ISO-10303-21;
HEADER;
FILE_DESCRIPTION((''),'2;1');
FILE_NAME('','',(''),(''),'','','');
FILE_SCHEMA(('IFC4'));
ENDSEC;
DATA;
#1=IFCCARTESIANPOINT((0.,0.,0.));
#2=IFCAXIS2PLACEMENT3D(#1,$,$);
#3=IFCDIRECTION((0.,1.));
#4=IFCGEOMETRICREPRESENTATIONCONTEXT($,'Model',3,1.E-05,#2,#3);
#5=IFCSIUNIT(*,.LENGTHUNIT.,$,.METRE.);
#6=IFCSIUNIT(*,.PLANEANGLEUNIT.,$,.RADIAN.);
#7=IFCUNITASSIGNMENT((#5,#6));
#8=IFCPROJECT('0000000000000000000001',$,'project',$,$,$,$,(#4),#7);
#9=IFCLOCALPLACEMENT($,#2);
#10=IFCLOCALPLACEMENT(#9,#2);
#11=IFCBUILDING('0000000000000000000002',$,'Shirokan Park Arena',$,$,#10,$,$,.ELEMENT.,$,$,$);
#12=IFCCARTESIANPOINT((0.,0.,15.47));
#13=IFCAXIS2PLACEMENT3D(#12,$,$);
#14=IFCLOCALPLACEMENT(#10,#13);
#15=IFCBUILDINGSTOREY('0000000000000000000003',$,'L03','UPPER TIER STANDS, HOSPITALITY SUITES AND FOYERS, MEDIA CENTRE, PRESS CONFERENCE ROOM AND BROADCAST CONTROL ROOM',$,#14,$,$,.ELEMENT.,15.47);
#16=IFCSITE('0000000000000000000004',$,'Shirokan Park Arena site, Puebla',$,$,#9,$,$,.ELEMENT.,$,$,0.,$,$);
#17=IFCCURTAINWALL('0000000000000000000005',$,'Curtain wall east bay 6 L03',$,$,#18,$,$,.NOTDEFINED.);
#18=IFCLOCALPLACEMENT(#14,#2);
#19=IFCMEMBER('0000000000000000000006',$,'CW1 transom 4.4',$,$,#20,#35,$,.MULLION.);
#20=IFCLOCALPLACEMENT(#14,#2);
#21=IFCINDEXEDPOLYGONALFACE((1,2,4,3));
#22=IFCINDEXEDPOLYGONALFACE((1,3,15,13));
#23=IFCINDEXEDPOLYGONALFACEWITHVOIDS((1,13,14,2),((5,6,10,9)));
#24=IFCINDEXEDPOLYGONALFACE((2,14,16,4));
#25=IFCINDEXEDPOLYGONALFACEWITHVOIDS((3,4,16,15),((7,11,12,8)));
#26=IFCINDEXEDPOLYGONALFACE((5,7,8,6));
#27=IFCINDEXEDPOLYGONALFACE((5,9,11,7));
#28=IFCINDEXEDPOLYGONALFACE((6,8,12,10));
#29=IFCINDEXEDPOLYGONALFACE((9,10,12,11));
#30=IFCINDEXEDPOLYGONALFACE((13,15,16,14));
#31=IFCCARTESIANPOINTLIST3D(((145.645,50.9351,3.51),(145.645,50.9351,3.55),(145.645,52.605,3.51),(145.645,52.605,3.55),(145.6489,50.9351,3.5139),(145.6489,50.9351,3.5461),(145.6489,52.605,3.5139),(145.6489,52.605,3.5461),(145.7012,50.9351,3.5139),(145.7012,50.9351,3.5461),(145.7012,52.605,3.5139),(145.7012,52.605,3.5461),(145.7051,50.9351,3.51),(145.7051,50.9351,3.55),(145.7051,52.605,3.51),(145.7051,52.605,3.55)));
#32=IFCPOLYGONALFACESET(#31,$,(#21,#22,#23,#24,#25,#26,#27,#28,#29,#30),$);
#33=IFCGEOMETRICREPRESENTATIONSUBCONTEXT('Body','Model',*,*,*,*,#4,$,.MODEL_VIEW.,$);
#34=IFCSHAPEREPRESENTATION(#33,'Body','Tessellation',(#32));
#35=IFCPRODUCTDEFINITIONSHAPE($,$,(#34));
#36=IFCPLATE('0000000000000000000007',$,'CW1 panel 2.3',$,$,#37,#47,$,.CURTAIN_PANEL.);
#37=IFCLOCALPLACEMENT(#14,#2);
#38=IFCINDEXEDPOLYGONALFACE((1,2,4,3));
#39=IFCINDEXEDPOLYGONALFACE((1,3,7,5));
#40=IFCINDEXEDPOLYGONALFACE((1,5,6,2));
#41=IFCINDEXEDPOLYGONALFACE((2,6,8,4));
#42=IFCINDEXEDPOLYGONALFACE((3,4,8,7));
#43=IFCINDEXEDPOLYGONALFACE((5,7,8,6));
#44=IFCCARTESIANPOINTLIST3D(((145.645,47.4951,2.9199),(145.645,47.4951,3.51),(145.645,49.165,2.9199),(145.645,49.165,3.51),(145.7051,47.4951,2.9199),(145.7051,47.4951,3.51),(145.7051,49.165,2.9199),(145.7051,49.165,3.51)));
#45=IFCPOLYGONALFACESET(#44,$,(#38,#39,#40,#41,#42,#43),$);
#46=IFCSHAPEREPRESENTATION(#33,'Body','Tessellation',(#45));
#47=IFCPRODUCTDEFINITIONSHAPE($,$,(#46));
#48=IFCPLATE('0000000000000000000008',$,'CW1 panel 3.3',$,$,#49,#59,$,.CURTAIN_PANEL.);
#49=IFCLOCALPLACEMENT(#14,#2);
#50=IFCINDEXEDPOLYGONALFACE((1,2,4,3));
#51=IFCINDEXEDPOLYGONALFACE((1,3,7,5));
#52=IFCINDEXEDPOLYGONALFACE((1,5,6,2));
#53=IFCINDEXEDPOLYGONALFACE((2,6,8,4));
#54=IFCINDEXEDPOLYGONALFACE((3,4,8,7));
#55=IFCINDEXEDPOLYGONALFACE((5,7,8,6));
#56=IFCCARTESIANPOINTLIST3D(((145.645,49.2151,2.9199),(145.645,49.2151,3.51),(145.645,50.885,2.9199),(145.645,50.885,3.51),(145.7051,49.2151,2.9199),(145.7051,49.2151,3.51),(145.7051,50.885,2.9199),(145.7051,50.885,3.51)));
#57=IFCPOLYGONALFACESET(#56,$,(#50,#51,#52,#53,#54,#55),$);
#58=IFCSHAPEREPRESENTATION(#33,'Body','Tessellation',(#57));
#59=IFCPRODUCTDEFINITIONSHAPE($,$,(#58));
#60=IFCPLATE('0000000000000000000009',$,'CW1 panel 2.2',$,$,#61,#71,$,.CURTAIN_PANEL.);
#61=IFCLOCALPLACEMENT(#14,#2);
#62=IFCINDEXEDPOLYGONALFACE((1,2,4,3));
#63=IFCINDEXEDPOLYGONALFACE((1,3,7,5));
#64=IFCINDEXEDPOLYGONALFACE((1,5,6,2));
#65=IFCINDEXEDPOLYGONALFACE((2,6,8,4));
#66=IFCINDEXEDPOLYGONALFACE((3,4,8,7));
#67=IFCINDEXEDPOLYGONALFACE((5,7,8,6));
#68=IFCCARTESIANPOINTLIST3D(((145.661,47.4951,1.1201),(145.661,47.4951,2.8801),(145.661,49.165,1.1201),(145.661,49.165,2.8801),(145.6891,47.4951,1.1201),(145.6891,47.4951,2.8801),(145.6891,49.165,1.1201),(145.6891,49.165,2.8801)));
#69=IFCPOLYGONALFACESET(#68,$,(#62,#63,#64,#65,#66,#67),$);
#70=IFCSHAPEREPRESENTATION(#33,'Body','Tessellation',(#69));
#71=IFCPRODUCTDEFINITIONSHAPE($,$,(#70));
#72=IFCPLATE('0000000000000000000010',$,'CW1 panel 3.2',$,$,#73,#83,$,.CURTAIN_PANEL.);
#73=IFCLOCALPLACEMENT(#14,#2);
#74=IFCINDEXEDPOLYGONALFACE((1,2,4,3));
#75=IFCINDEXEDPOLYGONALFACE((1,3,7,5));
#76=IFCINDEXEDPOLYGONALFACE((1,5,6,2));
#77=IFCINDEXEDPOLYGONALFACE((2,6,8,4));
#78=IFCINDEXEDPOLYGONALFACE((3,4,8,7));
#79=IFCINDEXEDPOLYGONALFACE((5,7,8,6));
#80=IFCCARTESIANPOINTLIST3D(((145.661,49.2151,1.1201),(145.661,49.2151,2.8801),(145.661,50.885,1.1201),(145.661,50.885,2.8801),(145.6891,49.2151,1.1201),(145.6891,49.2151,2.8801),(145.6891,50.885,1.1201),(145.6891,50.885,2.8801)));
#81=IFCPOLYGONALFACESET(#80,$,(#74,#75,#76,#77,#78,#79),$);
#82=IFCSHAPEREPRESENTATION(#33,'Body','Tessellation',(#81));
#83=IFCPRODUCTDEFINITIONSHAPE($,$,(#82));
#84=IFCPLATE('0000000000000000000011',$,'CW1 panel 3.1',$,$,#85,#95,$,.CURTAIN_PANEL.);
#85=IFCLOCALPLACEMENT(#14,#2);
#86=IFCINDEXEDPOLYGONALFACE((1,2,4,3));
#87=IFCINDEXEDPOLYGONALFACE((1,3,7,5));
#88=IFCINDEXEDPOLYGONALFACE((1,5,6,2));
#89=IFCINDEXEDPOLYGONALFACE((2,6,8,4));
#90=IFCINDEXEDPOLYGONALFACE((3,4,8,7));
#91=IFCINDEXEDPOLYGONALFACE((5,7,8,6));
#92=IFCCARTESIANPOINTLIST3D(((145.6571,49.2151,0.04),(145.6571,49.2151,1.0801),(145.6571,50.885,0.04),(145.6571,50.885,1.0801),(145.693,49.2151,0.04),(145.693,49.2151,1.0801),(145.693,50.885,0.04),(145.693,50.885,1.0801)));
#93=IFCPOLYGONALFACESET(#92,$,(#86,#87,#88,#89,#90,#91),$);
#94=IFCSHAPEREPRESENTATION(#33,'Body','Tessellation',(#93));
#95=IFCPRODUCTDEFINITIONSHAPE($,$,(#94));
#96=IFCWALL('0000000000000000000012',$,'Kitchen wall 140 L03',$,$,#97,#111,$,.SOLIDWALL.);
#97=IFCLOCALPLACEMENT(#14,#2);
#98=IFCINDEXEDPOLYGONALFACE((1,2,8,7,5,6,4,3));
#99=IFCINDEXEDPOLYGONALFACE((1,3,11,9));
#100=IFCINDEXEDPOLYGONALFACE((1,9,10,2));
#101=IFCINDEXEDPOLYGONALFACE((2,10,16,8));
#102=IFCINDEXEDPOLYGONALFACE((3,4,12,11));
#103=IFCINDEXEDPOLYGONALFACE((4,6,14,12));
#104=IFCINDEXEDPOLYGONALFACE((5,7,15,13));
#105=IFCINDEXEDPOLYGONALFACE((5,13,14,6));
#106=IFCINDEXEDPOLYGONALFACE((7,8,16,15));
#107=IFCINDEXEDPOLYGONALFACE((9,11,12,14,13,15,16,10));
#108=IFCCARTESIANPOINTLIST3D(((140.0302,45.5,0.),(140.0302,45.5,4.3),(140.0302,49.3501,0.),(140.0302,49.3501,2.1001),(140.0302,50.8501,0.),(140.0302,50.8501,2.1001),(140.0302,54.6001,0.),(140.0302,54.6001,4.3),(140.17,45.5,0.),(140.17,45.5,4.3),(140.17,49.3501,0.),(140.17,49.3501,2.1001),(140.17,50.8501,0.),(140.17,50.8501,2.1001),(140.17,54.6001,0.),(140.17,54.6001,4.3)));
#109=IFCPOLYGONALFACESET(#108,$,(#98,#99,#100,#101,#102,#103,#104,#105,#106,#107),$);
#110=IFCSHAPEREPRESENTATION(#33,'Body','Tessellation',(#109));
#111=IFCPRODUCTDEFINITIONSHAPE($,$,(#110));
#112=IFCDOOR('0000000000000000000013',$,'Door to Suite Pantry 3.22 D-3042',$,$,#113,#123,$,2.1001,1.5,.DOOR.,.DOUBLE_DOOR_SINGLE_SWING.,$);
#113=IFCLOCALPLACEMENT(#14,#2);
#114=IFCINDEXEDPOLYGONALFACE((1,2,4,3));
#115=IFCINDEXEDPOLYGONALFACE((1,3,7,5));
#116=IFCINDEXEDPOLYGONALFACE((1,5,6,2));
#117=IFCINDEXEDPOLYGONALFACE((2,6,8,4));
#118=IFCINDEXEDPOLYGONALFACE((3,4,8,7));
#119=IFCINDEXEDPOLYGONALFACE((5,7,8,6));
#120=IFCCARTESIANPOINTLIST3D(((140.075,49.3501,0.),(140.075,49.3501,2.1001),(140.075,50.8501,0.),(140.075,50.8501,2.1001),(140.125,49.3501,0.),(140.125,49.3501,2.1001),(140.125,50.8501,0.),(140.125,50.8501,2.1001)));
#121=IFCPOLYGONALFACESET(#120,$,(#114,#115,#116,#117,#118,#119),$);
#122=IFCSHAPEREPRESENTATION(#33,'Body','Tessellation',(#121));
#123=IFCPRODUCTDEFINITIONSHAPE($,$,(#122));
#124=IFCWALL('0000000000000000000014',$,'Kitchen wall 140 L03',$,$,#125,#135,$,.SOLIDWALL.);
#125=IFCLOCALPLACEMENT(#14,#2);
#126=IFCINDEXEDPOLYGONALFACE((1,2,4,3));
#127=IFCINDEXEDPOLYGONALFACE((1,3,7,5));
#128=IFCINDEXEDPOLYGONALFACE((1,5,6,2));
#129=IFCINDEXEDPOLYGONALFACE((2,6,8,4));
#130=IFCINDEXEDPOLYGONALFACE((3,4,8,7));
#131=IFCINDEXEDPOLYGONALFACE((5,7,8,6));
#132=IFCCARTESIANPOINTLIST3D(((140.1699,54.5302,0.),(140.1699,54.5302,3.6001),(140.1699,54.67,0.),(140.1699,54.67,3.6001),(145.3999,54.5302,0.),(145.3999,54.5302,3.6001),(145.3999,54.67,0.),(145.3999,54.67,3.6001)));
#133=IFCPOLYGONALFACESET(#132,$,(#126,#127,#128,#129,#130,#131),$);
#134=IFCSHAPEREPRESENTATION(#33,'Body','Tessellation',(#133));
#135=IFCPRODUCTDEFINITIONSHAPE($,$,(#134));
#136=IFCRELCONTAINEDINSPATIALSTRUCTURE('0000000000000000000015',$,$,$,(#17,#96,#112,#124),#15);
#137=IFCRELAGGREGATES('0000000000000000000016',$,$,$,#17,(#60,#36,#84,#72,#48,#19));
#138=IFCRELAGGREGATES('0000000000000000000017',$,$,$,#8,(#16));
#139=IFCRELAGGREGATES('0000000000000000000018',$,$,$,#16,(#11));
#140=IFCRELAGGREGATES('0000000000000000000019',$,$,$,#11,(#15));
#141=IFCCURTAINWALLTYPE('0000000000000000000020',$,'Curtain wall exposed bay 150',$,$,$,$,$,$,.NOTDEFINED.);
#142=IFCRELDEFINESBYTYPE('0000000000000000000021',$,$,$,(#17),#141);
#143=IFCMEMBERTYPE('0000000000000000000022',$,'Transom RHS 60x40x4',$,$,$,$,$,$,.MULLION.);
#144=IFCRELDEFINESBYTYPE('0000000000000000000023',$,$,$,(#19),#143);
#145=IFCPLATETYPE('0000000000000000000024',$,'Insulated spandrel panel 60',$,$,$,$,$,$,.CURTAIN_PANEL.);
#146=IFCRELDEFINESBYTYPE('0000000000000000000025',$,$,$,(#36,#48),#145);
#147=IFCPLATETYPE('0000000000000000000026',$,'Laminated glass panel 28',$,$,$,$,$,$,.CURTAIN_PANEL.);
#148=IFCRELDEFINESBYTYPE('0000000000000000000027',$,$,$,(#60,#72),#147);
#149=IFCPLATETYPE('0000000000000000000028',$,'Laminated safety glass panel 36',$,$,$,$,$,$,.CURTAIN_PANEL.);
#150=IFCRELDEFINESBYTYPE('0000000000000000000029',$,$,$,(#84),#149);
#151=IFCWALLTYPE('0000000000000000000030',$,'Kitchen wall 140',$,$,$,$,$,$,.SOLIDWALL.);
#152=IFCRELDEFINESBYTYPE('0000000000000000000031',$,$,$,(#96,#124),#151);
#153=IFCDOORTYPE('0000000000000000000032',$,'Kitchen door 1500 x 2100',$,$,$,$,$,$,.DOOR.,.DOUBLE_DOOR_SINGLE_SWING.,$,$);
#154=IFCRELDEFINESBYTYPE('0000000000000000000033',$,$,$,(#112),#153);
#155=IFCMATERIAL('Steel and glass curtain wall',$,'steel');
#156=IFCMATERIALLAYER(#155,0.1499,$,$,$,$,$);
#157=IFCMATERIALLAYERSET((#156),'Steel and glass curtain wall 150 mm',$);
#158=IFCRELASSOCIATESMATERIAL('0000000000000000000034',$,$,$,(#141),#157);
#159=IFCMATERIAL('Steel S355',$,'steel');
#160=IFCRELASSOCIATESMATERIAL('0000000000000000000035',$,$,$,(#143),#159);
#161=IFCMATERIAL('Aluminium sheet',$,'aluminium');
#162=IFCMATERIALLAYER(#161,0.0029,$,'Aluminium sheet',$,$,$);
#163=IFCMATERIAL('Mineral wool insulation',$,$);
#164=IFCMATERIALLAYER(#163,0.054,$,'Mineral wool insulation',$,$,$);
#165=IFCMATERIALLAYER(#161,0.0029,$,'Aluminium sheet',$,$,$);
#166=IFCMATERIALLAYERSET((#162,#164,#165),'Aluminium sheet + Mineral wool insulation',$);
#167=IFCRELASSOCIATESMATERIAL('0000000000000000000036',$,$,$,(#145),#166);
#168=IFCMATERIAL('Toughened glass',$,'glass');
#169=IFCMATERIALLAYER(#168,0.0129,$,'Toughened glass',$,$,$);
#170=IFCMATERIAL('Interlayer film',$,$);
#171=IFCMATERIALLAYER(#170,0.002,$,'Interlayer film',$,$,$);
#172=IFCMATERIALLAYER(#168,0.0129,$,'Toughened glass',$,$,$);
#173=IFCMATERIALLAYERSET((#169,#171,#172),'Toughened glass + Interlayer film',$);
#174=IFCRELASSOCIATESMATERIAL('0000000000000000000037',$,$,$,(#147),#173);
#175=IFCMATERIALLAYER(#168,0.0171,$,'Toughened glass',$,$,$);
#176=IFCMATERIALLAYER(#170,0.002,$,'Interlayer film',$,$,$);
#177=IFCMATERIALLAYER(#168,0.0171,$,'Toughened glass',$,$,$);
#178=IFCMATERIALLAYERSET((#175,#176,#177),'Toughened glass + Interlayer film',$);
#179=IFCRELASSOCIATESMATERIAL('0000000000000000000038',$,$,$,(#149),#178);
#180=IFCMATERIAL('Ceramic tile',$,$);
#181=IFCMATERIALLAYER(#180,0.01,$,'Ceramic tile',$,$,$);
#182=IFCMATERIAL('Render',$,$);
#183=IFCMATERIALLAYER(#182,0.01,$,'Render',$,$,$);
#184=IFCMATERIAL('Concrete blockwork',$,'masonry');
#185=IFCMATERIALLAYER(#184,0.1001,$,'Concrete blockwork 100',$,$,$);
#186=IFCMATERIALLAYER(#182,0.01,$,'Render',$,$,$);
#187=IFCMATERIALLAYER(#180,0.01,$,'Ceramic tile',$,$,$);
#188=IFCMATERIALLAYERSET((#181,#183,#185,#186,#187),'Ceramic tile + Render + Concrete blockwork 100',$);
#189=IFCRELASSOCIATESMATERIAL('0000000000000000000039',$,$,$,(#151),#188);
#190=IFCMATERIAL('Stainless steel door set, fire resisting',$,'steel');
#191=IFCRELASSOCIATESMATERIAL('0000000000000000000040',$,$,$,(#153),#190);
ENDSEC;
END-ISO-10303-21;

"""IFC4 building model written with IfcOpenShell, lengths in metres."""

from ifc_helpers import new_model, si_unit, direction, frame, frame_2d, origin, origin_2d, place, context, subcontext, project, spatial, rectangle, hollow_rectangle, extrude, material, layer, layer_set, material_profile, profile_set, type_object, element, fill, aggregate, save


model = new_model("IFC4")

# Units and contexts
model_context = context("Model", 3, precision=1e-05, world=origin(), true_north=direction((0.0, 1.0)))
body_context = subcontext(model_context, "Body", "Model", "MODEL_VIEW")
ifc_project = project(units=[si_unit("LENGTHUNIT", "METRE"), si_unit("PLANEANGLEUNIT", "RADIAN")], contexts=[model_context])

# Site, building, storey
site_placement = place(None, origin())
site = spatial("IfcSite", under=ifc_project, at=site_placement, Name="Shirokan Park Arena site, Puebla", CompositionType="ELEMENT", RefElevation=0.0)
building_placement = place(site_placement, origin())
building = spatial("IfcBuilding", under=site, at=building_placement, Name="Shirokan Park Arena", CompositionType="ELEMENT")
storey_placement = place(building_placement, frame((0.0, 0.0, 15.47)))
storey = spatial("IfcBuildingStorey", under=building, at=storey_placement, Name="L03", Description="UPPER TIER STANDS, HOSPITALITY SUITES AND FOYERS, MEDIA CENTRE, PRESS CONFERENCE ROOM AND BROADCAST CONTROL ROOM", CompositionType="ELEMENT", Elevation=15.47)

# Curtain wall
ifc_material_1 = material(Name="Steel and glass curtain wall", Category="steel")
ifc_layer_1 = layer(ifc_material_1, 0.1499)
ifc_layer_set_1 = layer_set([ifc_layer_1], Name="Steel and glass curtain wall 150 mm")
curtain_wall_type = type_object("IfcCurtainWallType", Name="Curtain wall exposed bay 150", PredefinedType="NOTDEFINED", material=ifc_layer_set_1)
curtain_wall_placement = place(storey_placement, origin())
curtain_wall = element("IfcCurtainWall", 1, at=curtain_wall_placement, inside=storey, type_object=curtain_wall_type, Name="Curtain wall east bay 6 L03", PredefinedType="NOTDEFINED")
ifc_material_2 = material(Name="Steel S355", Category="steel")

# Member
ifc_material_profile_1 = material_profile(ifc_material_2, hollow_rectangle(XDim=0.0601, YDim=0.04, WallThickness=0.0039, at=origin_2d()), Name="RHS 60x40x4")
ifc_profile_set_1 = profile_set([ifc_material_profile_1], Name="Steel S355")
member_type_1 = type_object("IfcMemberType", Name="Transom RHS 60x40x4", PredefinedType="MULLION", material=ifc_profile_set_1)
member_1_placement = place(storey_placement, frame((145.675, 50.9351, 3.53), z_axis=(0.0, 1.0, 0.0), x_axis=(-1.0, 0.0, 0.0)))
member_1 = element("IfcMember", 2, at=member_1_placement, type_object=member_type_1, Name="CW1 transom 4.4", PredefinedType="MULLION", context=body_context, shape_type="SweptSolid", body=[
    extrude(hollow_rectangle(XDim=0.0601, YDim=0.04, WallThickness=0.0039, at=origin_2d()), origin(), (0.0, 0.0, 1.0), 1.6699),
])

# Plates
ifc_material_3 = material(Name="Aluminium sheet", Category="aluminium")
ifc_layer_2 = layer(ifc_material_3, 0.0029, Name="Aluminium sheet")
ifc_material_4 = material(Name="Mineral wool insulation")
ifc_layer_3 = layer(ifc_material_4, 0.054, Name="Mineral wool insulation")
ifc_layer_4 = layer(ifc_material_3, 0.0029, Name="Aluminium sheet")
ifc_layer_set_2 = layer_set([ifc_layer_2, ifc_layer_3, ifc_layer_4], Name="Aluminium sheet + Mineral wool insulation")
plate_type_1 = type_object("IfcPlateType", Name="Insulated spandrel panel 60", PredefinedType="CURTAIN_PANEL", material=ifc_layer_set_2)
plate_1_placement = place(storey_placement, frame((145.675, 48.3301, 2.9199), z_axis=(0.0, 0.0, 1.0), x_axis=(0.0, 1.0, 0.0)))
plate_1 = element("IfcPlate", 3, at=plate_1_placement, type_object=plate_type_1, Name="CW1 panel 2.3", PredefinedType="CURTAIN_PANEL", context=body_context, shape_type="SweptSolid", body=[
    extrude(rectangle(XDim=1.6699, YDim=0.0601, at=origin_2d()), origin(), (0.0, 0.0, 1.0), 0.5901),
])
plate_2_placement = place(storey_placement, frame((145.675, 50.05, 2.9199), z_axis=(0.0, 0.0, 1.0), x_axis=(0.0, 1.0, 0.0)))
plate_2 = element("IfcPlate", 4, at=plate_2_placement, type_object=plate_type_1, Name="CW1 panel 3.3", PredefinedType="CURTAIN_PANEL", context=body_context, shape_type="SweptSolid", body=[
    extrude(rectangle(XDim=1.6699, YDim=0.0601, at=origin_2d()), origin(), (0.0, 0.0, 1.0), 0.5901),
])
ifc_material_5 = material(Name="Toughened glass", Category="glass")
ifc_layer_5 = layer(ifc_material_5, 0.0129, Name="Toughened glass")
ifc_material_6 = material(Name="Interlayer film")
ifc_layer_6 = layer(ifc_material_6, 0.002, Name="Interlayer film")
ifc_layer_7 = layer(ifc_material_5, 0.0129, Name="Toughened glass")
ifc_layer_set_3 = layer_set([ifc_layer_5, ifc_layer_6, ifc_layer_7], Name="Toughened glass + Interlayer film")
plate_type_2 = type_object("IfcPlateType", Name="Laminated glass panel 28", PredefinedType="CURTAIN_PANEL", material=ifc_layer_set_3)
plate_3_placement = place(storey_placement, frame((145.675, 48.3301, 1.1201), z_axis=(0.0, 0.0, 1.0), x_axis=(0.0, 1.0, 0.0)))
plate_3 = element("IfcPlate", 5, at=plate_3_placement, type_object=plate_type_2, Name="CW1 panel 2.2", PredefinedType="CURTAIN_PANEL", context=body_context, shape_type="SweptSolid", body=[
    extrude(rectangle(XDim=1.6699, YDim=0.0281, at=origin_2d()), origin(), (0.0, 0.0, 1.0), 1.76),
])
plate_4_placement = place(storey_placement, frame((145.675, 50.05, 1.1201), z_axis=(0.0, 0.0, 1.0), x_axis=(0.0, 1.0, 0.0)))
plate_4 = element("IfcPlate", 6, at=plate_4_placement, type_object=plate_type_2, Name="CW1 panel 3.2", PredefinedType="CURTAIN_PANEL", context=body_context, shape_type="SweptSolid", body=[
    extrude(rectangle(XDim=1.6699, YDim=0.0281, at=origin_2d()), origin(), (0.0, 0.0, 1.0), 1.76),
])
ifc_layer_8 = layer(ifc_material_5, 0.0171, Name="Toughened glass")
ifc_layer_9 = layer(ifc_material_6, 0.002, Name="Interlayer film")
ifc_layer_10 = layer(ifc_material_5, 0.0171, Name="Toughened glass")
ifc_layer_set_4 = layer_set([ifc_layer_8, ifc_layer_9, ifc_layer_10], Name="Toughened glass + Interlayer film")
plate_type_3 = type_object("IfcPlateType", Name="Laminated safety glass panel 36", PredefinedType="CURTAIN_PANEL", material=ifc_layer_set_4)
plate_5_placement = place(storey_placement, frame((145.675, 50.05, 0.04), z_axis=(0.0, 0.0, 1.0), x_axis=(0.0, 1.0, 0.0)))
plate_5 = element("IfcPlate", 7, at=plate_5_placement, type_object=plate_type_3, Name="CW1 panel 3.1", PredefinedType="CURTAIN_PANEL", context=body_context, shape_type="SweptSolid", body=[
    extrude(rectangle(XDim=1.6699, YDim=0.0359, at=origin_2d()), origin(), (0.0, 0.0, 1.0), 1.04),
])
aggregate(curtain_wall, [plate_3, plate_1, plate_5, plate_4, plate_2, member_1])

# Wall, opening, door
ifc_material_7 = material(Name="Ceramic tile")
ifc_layer_11 = layer(ifc_material_7, 0.01, Name="Ceramic tile")
ifc_material_8 = material(Name="Render")
ifc_layer_12 = layer(ifc_material_8, 0.01, Name="Render")
ifc_material_9 = material(Name="Concrete blockwork", Category="masonry")
ifc_layer_13 = layer(ifc_material_9, 0.1001, Name="Concrete blockwork 100")
ifc_layer_14 = layer(ifc_material_8, 0.01, Name="Render")
ifc_layer_15 = layer(ifc_material_7, 0.01, Name="Ceramic tile")
ifc_layer_set_5 = layer_set([ifc_layer_11, ifc_layer_12, ifc_layer_13, ifc_layer_14, ifc_layer_15], Name="Ceramic tile + Render + Concrete blockwork 100")
wall_type_1 = type_object("IfcWallType", Name="Kitchen wall 140", PredefinedType="SOLIDWALL", material=ifc_layer_set_5)
wall_1_placement = place(storey_placement, frame((140.1001, 54.6001, 0.0), z_axis=(0.0, 0.0, 1.0), x_axis=(0.0, -1.0, 0.0)))
wall_1 = element("IfcWall", 8, at=wall_1_placement, inside=storey, type_object=wall_type_1, Name="Kitchen wall 140 L03", PredefinedType="SOLIDWALL", context=body_context, shape_type="SweptSolid", body=[
    extrude(rectangle(XDim=9.1001, YDim=0.1399, at=frame_2d((4.55, 0.0))), origin(), (0.0, 0.0, 1.0), 4.3),
])
opening_1_placement = place(wall_1_placement, frame((3.75, 0.0, 0.0)))
opening_1 = element("IfcOpeningElement", 9, at=opening_1_placement, cuts=wall_1, PredefinedType="OPENING", context=body_context, shape_type="SweptSolid", body=[
    extrude(rectangle(XDim=1.5, YDim=2.1001, at=frame_2d((0.75, 1.05))), frame((0.0, 0.0798, 0.0), z_axis=(0.0, -1.0, 0.0), x_axis=(1.0, 0.0, 0.0)), (0.0, 0.0, 1.0), 0.1599),
])
ifc_material_10 = material(Name="Stainless steel door set, fire resisting", Category="steel")
door_type_1 = type_object("IfcDoorType", Name="Kitchen door 1500 x 2100", OperationType="DOUBLE_DOOR_SINGLE_SWING", PredefinedType="DOOR", material=ifc_material_10)
door_1_placement = place(opening_1_placement, origin())
door_1 = element("IfcDoor", 10, at=door_1_placement, inside=storey, type_object=door_type_1, Name="Door to Suite Pantry 3.22 D-3042", OperationType="DOUBLE_DOOR_SINGLE_SWING", OverallHeight=2.1001, OverallWidth=1.5, PredefinedType="DOOR", context=body_context, shape_type="SweptSolid", body=[
    extrude(rectangle(XDim=1.5, YDim=2.1001, at=frame_2d((0.75, 1.05))), frame((0.0, 0.0249, 0.0), z_axis=(0.0, -1.0, 0.0), x_axis=(1.0, 0.0, 0.0)), (0.0, 0.0, 1.0), 0.05),
])
fill(opening_1, door_1)

# Wall
wall_2_placement = place(storey_placement, frame((140.1699, 54.6001, 0.0), z_axis=(0.0, 0.0, 1.0), x_axis=(1.0, 0.0, 0.0)))
element("IfcWall", 11, at=wall_2_placement, inside=storey, type_object=wall_type_1, Name="Kitchen wall 140 L03", PredefinedType="SOLIDWALL", context=body_context, shape_type="SweptSolid", body=[
    extrude(rectangle(XDim=5.23, YDim=0.1399, at=frame_2d((2.615, 0.0))), origin(), (0.0, 0.0, 1.0), 3.6001),
])

save(model, "model.ifc")
